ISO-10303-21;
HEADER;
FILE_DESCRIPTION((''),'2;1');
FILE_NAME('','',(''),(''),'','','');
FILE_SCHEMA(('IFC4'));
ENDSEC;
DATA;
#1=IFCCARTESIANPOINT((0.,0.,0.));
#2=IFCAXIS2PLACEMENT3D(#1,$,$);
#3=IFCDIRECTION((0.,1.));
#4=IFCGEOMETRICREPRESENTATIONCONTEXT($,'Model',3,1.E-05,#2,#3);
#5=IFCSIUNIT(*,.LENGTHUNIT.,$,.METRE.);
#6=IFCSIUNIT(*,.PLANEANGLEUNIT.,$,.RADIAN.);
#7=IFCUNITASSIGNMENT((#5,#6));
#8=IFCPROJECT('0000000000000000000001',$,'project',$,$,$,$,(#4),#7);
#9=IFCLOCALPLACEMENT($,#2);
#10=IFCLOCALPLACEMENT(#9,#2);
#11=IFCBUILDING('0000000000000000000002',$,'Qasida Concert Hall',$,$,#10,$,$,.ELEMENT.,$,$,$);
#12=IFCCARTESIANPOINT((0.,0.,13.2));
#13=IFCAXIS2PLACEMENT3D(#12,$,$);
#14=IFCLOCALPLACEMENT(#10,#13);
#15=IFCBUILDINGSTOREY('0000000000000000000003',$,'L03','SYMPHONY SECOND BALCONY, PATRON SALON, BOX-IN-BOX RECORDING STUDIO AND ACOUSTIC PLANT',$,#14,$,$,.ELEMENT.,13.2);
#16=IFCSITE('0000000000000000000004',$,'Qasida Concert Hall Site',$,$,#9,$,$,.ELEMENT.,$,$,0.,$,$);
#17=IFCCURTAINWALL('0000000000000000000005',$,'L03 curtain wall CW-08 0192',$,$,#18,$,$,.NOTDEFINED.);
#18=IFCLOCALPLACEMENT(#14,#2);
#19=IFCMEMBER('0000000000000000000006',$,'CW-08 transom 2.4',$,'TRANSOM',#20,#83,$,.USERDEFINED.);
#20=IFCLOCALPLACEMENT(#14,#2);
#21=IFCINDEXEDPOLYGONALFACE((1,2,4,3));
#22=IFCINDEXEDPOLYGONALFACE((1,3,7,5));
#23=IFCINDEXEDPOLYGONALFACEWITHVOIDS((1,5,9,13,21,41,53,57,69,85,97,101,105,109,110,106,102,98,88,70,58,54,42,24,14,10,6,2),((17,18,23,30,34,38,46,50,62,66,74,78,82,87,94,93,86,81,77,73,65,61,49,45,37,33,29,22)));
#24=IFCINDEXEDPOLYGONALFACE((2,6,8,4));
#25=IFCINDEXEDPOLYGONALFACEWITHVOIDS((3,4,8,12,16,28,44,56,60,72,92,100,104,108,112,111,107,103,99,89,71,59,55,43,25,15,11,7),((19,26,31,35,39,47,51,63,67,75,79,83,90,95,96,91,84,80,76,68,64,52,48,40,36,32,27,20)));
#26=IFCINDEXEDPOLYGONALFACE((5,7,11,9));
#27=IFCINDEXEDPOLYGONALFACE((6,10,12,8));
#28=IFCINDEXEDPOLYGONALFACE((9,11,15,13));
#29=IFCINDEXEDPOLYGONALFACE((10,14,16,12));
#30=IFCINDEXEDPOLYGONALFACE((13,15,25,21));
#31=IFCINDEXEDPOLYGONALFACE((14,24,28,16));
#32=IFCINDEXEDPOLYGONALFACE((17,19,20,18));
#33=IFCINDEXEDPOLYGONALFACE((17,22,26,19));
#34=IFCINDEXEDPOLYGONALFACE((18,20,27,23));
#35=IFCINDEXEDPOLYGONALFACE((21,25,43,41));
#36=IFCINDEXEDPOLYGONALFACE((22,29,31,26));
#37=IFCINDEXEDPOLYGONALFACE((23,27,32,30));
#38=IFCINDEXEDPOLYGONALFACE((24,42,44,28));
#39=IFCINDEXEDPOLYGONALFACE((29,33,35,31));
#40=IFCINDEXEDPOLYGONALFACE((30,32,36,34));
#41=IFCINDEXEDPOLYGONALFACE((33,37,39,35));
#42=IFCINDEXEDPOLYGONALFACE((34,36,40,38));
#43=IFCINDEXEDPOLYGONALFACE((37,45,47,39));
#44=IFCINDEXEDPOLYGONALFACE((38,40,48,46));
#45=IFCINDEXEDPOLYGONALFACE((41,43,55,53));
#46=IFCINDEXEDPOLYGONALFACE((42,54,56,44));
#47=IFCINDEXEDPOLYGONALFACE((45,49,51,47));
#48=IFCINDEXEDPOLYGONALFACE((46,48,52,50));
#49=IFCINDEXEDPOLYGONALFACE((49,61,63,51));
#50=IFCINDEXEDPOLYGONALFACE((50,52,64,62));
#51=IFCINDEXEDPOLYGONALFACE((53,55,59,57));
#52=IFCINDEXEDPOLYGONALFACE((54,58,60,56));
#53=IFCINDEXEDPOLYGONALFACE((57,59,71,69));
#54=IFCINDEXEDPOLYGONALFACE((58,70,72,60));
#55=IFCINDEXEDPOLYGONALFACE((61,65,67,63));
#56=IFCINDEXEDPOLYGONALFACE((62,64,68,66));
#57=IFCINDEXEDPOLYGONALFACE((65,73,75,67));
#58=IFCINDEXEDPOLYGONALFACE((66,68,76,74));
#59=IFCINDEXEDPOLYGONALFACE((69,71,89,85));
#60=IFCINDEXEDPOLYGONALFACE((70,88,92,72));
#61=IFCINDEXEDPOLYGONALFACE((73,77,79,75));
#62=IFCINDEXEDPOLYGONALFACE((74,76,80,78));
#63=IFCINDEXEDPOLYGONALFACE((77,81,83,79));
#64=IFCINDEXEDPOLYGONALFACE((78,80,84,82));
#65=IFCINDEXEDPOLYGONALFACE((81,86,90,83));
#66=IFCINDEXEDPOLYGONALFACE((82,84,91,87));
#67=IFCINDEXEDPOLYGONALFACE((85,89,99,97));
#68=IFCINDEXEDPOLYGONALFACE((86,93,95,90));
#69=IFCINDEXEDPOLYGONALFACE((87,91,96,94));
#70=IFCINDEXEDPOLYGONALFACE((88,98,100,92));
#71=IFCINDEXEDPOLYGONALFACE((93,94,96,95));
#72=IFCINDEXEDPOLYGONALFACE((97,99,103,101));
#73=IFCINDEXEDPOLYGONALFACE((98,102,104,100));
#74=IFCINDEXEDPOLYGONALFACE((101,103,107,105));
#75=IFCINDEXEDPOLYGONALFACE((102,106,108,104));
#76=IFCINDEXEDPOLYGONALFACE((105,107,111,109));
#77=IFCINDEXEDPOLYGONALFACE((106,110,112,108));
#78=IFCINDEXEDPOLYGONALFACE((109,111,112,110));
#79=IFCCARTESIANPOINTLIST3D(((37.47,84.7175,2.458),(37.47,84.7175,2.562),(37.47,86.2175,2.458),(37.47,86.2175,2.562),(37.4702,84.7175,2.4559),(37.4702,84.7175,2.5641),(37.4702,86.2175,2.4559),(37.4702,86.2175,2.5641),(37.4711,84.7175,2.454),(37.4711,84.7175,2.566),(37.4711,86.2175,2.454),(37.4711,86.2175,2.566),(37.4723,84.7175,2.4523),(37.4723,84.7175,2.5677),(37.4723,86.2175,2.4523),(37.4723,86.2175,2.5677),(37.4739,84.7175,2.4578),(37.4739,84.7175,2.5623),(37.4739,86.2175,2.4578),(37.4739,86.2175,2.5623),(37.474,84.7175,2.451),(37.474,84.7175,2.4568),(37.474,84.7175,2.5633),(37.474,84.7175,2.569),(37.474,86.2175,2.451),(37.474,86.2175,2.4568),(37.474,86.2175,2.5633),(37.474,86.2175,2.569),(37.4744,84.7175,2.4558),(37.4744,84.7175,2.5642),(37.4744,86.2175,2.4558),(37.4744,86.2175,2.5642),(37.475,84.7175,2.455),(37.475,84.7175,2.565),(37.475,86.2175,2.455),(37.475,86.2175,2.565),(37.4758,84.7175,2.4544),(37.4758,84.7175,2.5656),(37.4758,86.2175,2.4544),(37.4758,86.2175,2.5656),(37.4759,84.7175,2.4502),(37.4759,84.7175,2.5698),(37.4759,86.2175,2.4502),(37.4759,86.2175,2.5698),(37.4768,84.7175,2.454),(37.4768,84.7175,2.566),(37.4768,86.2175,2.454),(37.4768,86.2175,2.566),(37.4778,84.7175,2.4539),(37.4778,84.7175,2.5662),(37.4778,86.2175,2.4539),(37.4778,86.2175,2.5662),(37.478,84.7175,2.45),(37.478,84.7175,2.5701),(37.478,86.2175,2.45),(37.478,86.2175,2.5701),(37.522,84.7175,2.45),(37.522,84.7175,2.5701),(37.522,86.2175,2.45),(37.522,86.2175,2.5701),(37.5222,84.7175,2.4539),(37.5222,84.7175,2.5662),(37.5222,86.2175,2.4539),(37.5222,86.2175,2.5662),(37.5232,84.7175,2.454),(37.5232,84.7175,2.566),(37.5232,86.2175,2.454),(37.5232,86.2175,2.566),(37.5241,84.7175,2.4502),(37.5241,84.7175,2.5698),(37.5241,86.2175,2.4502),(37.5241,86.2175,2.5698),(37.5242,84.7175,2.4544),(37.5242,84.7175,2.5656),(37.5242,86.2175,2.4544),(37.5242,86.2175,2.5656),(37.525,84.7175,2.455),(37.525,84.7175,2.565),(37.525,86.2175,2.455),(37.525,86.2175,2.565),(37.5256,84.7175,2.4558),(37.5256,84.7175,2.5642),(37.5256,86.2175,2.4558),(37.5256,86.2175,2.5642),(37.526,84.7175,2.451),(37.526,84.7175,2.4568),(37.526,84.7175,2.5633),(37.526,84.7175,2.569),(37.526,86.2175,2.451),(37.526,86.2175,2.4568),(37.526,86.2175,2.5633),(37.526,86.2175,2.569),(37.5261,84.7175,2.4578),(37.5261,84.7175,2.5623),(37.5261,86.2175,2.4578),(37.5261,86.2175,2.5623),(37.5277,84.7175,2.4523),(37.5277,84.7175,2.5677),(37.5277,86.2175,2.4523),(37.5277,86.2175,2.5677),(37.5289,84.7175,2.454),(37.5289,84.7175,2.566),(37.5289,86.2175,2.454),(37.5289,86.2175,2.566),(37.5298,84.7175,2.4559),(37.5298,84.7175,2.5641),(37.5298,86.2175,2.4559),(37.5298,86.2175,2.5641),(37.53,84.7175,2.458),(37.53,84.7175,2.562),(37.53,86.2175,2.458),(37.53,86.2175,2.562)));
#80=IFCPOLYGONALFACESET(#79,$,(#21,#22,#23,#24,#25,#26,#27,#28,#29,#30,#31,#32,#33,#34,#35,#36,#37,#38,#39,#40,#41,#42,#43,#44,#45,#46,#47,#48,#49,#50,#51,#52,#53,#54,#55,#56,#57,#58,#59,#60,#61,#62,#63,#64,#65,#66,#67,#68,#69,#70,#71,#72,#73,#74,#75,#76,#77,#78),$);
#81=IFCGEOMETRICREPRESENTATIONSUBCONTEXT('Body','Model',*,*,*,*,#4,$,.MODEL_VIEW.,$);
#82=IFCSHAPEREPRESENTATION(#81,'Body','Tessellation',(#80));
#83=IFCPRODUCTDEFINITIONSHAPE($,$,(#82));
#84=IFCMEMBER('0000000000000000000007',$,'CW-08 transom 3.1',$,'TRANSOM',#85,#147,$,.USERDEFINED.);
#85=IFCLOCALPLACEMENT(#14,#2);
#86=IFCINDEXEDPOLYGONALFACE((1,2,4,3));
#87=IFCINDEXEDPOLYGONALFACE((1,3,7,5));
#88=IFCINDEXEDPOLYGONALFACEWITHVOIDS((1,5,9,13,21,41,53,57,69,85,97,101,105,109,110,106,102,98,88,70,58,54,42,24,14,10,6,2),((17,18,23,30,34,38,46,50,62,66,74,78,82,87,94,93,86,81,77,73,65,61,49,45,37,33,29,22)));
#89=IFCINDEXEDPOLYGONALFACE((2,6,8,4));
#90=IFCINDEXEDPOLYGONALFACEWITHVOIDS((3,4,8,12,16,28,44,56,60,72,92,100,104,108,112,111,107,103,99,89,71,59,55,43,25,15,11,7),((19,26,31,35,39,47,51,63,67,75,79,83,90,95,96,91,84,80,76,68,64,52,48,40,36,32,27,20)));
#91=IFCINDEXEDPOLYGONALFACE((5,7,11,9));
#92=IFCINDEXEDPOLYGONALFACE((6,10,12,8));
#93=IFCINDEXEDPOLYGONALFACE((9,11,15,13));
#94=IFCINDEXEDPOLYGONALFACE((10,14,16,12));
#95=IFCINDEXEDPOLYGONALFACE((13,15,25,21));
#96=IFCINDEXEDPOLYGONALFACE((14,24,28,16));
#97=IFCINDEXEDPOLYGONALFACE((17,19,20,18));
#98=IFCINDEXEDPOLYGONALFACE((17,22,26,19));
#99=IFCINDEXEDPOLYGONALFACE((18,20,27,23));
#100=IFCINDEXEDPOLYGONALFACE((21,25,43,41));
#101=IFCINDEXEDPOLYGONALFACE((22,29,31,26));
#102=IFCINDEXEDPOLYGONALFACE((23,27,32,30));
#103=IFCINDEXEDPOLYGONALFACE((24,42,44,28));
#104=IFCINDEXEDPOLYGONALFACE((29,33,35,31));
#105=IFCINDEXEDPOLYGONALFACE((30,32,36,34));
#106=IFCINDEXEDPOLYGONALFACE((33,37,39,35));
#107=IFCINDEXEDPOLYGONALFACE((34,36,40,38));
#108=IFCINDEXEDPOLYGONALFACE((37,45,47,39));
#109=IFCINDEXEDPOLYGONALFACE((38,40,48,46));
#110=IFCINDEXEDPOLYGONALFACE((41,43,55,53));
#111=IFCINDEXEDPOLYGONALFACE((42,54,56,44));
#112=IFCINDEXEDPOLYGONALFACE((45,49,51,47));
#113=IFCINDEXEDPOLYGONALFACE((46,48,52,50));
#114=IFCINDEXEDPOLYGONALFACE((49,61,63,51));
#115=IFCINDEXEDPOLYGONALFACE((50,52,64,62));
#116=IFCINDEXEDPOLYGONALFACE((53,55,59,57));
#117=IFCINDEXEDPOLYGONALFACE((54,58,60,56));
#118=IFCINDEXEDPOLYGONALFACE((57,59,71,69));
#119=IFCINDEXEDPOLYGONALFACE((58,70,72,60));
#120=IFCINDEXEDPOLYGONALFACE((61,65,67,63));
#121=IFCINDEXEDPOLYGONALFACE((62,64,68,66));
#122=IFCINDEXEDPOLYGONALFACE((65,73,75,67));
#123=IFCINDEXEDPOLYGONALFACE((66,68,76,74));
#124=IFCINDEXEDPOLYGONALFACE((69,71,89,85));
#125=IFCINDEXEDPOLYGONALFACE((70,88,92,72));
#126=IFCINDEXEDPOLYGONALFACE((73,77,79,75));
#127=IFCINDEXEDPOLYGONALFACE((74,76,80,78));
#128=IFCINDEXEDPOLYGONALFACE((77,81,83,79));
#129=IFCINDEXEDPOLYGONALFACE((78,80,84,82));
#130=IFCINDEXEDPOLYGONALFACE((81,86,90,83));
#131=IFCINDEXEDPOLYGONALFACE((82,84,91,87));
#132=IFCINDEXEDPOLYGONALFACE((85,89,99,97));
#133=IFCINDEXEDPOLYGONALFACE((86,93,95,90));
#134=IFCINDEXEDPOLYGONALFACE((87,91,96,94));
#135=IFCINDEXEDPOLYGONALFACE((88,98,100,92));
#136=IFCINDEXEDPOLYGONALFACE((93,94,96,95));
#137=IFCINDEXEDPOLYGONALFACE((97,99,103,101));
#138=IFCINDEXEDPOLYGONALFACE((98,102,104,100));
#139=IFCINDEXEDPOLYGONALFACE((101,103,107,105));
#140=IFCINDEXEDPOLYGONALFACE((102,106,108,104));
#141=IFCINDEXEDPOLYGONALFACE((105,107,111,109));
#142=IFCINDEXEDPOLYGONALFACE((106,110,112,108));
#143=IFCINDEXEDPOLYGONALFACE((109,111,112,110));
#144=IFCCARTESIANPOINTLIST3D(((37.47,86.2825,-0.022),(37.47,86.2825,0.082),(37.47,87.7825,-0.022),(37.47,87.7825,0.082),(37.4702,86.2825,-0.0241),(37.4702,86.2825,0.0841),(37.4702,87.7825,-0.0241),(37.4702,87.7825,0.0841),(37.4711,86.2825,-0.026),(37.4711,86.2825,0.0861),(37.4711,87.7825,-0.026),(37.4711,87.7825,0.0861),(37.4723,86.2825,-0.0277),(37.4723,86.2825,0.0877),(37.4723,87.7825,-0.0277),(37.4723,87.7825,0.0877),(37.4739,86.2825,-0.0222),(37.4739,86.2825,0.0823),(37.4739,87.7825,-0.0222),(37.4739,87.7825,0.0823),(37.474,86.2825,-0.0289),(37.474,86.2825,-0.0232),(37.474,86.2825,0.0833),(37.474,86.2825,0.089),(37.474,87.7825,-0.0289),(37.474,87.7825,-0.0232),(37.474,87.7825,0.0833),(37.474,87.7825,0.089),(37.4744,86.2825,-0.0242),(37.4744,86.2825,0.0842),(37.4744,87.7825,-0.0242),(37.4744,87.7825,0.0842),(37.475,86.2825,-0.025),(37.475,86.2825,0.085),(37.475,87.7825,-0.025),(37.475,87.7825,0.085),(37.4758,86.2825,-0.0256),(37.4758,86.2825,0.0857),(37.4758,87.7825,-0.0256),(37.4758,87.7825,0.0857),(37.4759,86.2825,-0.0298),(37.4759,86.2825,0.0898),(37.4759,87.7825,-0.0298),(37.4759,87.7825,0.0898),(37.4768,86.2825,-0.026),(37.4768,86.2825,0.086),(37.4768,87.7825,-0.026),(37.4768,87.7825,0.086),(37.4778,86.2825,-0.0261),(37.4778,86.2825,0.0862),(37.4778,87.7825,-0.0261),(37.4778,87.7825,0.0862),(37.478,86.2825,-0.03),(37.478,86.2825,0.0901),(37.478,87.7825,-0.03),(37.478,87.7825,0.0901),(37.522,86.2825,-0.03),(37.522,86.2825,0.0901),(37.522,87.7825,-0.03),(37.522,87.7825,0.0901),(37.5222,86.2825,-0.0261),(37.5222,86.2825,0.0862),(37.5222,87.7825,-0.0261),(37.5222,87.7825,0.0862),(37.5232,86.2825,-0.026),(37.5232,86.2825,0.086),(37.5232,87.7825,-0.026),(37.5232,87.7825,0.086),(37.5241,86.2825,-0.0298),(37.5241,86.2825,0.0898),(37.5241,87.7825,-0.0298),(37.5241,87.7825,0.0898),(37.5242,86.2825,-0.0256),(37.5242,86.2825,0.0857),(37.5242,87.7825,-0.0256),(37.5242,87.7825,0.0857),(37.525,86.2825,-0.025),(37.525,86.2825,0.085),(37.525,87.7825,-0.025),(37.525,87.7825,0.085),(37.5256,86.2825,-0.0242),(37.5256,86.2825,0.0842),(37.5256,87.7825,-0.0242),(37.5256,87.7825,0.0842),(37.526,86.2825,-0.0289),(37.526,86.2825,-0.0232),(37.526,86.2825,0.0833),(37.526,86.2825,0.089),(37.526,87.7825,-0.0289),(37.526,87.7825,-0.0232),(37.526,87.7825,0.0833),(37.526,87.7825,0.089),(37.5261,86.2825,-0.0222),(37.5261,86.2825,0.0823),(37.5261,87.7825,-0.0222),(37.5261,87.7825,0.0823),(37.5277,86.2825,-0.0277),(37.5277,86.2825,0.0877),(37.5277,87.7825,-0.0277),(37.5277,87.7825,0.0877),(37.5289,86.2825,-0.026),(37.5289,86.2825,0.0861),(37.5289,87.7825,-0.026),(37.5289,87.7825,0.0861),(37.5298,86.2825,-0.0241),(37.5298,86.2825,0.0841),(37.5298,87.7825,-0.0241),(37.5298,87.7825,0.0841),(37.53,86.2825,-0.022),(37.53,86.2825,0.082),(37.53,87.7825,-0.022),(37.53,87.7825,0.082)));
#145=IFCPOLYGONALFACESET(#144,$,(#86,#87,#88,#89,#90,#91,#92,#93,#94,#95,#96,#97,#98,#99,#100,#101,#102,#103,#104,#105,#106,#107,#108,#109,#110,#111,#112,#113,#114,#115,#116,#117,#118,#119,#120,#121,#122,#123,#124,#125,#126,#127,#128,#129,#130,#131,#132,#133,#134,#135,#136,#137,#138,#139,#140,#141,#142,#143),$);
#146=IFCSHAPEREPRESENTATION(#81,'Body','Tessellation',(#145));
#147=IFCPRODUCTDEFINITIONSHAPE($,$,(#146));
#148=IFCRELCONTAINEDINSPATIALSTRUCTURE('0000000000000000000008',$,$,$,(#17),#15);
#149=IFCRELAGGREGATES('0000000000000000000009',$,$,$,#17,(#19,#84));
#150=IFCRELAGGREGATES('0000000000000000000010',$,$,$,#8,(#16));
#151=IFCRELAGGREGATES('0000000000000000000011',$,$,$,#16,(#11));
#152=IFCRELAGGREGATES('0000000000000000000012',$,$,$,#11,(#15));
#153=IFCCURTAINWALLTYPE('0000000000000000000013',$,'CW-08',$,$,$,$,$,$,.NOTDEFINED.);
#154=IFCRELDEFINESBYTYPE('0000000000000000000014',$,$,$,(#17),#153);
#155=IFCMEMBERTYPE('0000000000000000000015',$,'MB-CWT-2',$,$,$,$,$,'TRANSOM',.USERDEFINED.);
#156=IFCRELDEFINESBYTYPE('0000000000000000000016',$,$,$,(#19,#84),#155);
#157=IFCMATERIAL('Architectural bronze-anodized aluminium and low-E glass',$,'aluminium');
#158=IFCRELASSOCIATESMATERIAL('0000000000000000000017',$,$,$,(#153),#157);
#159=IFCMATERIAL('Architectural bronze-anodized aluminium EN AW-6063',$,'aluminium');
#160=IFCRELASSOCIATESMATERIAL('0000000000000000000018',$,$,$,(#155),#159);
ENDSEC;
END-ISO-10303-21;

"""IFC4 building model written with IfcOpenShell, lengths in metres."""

from ifc_helpers import new_model, si_unit, direction, frame, origin, origin_2d, place, context, subcontext, project, spatial, hollow_rectangle, extrude, material, material_profile, profile_set, type_object, element, aggregate, save


model = new_model("IFC4")

# Units and contexts
model_context = context("Model", 3, precision=1e-05, world=origin(), true_north=direction((0.0, 1.0)))
body_context = subcontext(model_context, "Body", "Model", "MODEL_VIEW")
ifc_project = project(units=[si_unit("LENGTHUNIT", "METRE"), si_unit("PLANEANGLEUNIT", "RADIAN")], contexts=[model_context])

# Site, building, storey
site_placement = place(None, origin())
site = spatial("IfcSite", under=ifc_project, at=site_placement, Name="Qasida Concert Hall Site", CompositionType="ELEMENT", RefElevation=0.0)
building_placement = place(site_placement, origin())
building = spatial("IfcBuilding", under=site, at=building_placement, Name="Qasida Concert Hall", CompositionType="ELEMENT")
storey_placement = place(building_placement, frame((0.0, 0.0, 13.2)))
storey = spatial("IfcBuildingStorey", under=building, at=storey_placement, Name="L03", Description="SYMPHONY SECOND BALCONY, PATRON SALON, BOX-IN-BOX RECORDING STUDIO AND ACOUSTIC PLANT", CompositionType="ELEMENT", Elevation=13.2)

# Curtain wall, members
ifc_material_1 = material(Name="Architectural bronze-anodized aluminium and low-E glass", Category="aluminium")
curtain_wall_type = type_object("IfcCurtainWallType", Name="CW-08", PredefinedType="NOTDEFINED", material=ifc_material_1)
curtain_wall_placement = place(storey_placement, origin())
curtain_wall = element("IfcCurtainWall", 1, at=curtain_wall_placement, inside=storey, type_object=curtain_wall_type, Name="L03 curtain wall CW-08 0192", PredefinedType="NOTDEFINED")
ifc_material_2 = material(Name="Architectural bronze-anodized aluminium EN AW-6063", Category="aluminium")
ifc_material_profile_1 = material_profile(ifc_material_2, hollow_rectangle(XDim=0.0601, YDim=0.1201, WallThickness=0.0039, InnerFilletRadius=0.0039, OuterFilletRadius=0.0081, at=origin_2d()), Name="CWT 120x60x4")
ifc_profile_set_1 = profile_set([ifc_material_profile_1], Name="Architectural bronze-anodized aluminium EN AW-6063")
member_type_1 = type_object("IfcMemberType", Name="MB-CWT-2", ElementType="TRANSOM", PredefinedType="USERDEFINED", material=ifc_profile_set_1)
member_1_placement = place(storey_placement, frame((37.5, 84.7175, 2.51), z_axis=(0.0, 1.0, 0.0), x_axis=(-1.0, 0.0, 0.0)))
member_1 = element("IfcMember", 2, at=member_1_placement, type_object=member_type_1, Name="CW-08 transom 2.4", ObjectType="TRANSOM", PredefinedType="USERDEFINED", context=body_context, shape_type="SweptSolid", body=[
    extrude(hollow_rectangle(XDim=0.0601, YDim=0.1201, WallThickness=0.0039, InnerFilletRadius=0.0039, OuterFilletRadius=0.0081, at=origin_2d()), origin(), (0.0, 0.0, 1.0), 1.5),
])
member_2_placement = place(storey_placement, frame((37.5, 86.2825, 0.03), z_axis=(0.0, 1.0, 0.0), x_axis=(-1.0, 0.0, 0.0)))
member_2 = element("IfcMember", 3, at=member_2_placement, type_object=member_type_1, Name="CW-08 transom 3.1", ObjectType="TRANSOM", PredefinedType="USERDEFINED", context=body_context, shape_type="SweptSolid", body=[
    extrude(hollow_rectangle(XDim=0.0601, YDim=0.1201, WallThickness=0.0039, InnerFilletRadius=0.0039, OuterFilletRadius=0.0081, at=origin_2d()), origin(), (0.0, 0.0, 1.0), 1.5),
])
aggregate(curtain_wall, [member_1, member_2])

save(model, "model.ifc")
